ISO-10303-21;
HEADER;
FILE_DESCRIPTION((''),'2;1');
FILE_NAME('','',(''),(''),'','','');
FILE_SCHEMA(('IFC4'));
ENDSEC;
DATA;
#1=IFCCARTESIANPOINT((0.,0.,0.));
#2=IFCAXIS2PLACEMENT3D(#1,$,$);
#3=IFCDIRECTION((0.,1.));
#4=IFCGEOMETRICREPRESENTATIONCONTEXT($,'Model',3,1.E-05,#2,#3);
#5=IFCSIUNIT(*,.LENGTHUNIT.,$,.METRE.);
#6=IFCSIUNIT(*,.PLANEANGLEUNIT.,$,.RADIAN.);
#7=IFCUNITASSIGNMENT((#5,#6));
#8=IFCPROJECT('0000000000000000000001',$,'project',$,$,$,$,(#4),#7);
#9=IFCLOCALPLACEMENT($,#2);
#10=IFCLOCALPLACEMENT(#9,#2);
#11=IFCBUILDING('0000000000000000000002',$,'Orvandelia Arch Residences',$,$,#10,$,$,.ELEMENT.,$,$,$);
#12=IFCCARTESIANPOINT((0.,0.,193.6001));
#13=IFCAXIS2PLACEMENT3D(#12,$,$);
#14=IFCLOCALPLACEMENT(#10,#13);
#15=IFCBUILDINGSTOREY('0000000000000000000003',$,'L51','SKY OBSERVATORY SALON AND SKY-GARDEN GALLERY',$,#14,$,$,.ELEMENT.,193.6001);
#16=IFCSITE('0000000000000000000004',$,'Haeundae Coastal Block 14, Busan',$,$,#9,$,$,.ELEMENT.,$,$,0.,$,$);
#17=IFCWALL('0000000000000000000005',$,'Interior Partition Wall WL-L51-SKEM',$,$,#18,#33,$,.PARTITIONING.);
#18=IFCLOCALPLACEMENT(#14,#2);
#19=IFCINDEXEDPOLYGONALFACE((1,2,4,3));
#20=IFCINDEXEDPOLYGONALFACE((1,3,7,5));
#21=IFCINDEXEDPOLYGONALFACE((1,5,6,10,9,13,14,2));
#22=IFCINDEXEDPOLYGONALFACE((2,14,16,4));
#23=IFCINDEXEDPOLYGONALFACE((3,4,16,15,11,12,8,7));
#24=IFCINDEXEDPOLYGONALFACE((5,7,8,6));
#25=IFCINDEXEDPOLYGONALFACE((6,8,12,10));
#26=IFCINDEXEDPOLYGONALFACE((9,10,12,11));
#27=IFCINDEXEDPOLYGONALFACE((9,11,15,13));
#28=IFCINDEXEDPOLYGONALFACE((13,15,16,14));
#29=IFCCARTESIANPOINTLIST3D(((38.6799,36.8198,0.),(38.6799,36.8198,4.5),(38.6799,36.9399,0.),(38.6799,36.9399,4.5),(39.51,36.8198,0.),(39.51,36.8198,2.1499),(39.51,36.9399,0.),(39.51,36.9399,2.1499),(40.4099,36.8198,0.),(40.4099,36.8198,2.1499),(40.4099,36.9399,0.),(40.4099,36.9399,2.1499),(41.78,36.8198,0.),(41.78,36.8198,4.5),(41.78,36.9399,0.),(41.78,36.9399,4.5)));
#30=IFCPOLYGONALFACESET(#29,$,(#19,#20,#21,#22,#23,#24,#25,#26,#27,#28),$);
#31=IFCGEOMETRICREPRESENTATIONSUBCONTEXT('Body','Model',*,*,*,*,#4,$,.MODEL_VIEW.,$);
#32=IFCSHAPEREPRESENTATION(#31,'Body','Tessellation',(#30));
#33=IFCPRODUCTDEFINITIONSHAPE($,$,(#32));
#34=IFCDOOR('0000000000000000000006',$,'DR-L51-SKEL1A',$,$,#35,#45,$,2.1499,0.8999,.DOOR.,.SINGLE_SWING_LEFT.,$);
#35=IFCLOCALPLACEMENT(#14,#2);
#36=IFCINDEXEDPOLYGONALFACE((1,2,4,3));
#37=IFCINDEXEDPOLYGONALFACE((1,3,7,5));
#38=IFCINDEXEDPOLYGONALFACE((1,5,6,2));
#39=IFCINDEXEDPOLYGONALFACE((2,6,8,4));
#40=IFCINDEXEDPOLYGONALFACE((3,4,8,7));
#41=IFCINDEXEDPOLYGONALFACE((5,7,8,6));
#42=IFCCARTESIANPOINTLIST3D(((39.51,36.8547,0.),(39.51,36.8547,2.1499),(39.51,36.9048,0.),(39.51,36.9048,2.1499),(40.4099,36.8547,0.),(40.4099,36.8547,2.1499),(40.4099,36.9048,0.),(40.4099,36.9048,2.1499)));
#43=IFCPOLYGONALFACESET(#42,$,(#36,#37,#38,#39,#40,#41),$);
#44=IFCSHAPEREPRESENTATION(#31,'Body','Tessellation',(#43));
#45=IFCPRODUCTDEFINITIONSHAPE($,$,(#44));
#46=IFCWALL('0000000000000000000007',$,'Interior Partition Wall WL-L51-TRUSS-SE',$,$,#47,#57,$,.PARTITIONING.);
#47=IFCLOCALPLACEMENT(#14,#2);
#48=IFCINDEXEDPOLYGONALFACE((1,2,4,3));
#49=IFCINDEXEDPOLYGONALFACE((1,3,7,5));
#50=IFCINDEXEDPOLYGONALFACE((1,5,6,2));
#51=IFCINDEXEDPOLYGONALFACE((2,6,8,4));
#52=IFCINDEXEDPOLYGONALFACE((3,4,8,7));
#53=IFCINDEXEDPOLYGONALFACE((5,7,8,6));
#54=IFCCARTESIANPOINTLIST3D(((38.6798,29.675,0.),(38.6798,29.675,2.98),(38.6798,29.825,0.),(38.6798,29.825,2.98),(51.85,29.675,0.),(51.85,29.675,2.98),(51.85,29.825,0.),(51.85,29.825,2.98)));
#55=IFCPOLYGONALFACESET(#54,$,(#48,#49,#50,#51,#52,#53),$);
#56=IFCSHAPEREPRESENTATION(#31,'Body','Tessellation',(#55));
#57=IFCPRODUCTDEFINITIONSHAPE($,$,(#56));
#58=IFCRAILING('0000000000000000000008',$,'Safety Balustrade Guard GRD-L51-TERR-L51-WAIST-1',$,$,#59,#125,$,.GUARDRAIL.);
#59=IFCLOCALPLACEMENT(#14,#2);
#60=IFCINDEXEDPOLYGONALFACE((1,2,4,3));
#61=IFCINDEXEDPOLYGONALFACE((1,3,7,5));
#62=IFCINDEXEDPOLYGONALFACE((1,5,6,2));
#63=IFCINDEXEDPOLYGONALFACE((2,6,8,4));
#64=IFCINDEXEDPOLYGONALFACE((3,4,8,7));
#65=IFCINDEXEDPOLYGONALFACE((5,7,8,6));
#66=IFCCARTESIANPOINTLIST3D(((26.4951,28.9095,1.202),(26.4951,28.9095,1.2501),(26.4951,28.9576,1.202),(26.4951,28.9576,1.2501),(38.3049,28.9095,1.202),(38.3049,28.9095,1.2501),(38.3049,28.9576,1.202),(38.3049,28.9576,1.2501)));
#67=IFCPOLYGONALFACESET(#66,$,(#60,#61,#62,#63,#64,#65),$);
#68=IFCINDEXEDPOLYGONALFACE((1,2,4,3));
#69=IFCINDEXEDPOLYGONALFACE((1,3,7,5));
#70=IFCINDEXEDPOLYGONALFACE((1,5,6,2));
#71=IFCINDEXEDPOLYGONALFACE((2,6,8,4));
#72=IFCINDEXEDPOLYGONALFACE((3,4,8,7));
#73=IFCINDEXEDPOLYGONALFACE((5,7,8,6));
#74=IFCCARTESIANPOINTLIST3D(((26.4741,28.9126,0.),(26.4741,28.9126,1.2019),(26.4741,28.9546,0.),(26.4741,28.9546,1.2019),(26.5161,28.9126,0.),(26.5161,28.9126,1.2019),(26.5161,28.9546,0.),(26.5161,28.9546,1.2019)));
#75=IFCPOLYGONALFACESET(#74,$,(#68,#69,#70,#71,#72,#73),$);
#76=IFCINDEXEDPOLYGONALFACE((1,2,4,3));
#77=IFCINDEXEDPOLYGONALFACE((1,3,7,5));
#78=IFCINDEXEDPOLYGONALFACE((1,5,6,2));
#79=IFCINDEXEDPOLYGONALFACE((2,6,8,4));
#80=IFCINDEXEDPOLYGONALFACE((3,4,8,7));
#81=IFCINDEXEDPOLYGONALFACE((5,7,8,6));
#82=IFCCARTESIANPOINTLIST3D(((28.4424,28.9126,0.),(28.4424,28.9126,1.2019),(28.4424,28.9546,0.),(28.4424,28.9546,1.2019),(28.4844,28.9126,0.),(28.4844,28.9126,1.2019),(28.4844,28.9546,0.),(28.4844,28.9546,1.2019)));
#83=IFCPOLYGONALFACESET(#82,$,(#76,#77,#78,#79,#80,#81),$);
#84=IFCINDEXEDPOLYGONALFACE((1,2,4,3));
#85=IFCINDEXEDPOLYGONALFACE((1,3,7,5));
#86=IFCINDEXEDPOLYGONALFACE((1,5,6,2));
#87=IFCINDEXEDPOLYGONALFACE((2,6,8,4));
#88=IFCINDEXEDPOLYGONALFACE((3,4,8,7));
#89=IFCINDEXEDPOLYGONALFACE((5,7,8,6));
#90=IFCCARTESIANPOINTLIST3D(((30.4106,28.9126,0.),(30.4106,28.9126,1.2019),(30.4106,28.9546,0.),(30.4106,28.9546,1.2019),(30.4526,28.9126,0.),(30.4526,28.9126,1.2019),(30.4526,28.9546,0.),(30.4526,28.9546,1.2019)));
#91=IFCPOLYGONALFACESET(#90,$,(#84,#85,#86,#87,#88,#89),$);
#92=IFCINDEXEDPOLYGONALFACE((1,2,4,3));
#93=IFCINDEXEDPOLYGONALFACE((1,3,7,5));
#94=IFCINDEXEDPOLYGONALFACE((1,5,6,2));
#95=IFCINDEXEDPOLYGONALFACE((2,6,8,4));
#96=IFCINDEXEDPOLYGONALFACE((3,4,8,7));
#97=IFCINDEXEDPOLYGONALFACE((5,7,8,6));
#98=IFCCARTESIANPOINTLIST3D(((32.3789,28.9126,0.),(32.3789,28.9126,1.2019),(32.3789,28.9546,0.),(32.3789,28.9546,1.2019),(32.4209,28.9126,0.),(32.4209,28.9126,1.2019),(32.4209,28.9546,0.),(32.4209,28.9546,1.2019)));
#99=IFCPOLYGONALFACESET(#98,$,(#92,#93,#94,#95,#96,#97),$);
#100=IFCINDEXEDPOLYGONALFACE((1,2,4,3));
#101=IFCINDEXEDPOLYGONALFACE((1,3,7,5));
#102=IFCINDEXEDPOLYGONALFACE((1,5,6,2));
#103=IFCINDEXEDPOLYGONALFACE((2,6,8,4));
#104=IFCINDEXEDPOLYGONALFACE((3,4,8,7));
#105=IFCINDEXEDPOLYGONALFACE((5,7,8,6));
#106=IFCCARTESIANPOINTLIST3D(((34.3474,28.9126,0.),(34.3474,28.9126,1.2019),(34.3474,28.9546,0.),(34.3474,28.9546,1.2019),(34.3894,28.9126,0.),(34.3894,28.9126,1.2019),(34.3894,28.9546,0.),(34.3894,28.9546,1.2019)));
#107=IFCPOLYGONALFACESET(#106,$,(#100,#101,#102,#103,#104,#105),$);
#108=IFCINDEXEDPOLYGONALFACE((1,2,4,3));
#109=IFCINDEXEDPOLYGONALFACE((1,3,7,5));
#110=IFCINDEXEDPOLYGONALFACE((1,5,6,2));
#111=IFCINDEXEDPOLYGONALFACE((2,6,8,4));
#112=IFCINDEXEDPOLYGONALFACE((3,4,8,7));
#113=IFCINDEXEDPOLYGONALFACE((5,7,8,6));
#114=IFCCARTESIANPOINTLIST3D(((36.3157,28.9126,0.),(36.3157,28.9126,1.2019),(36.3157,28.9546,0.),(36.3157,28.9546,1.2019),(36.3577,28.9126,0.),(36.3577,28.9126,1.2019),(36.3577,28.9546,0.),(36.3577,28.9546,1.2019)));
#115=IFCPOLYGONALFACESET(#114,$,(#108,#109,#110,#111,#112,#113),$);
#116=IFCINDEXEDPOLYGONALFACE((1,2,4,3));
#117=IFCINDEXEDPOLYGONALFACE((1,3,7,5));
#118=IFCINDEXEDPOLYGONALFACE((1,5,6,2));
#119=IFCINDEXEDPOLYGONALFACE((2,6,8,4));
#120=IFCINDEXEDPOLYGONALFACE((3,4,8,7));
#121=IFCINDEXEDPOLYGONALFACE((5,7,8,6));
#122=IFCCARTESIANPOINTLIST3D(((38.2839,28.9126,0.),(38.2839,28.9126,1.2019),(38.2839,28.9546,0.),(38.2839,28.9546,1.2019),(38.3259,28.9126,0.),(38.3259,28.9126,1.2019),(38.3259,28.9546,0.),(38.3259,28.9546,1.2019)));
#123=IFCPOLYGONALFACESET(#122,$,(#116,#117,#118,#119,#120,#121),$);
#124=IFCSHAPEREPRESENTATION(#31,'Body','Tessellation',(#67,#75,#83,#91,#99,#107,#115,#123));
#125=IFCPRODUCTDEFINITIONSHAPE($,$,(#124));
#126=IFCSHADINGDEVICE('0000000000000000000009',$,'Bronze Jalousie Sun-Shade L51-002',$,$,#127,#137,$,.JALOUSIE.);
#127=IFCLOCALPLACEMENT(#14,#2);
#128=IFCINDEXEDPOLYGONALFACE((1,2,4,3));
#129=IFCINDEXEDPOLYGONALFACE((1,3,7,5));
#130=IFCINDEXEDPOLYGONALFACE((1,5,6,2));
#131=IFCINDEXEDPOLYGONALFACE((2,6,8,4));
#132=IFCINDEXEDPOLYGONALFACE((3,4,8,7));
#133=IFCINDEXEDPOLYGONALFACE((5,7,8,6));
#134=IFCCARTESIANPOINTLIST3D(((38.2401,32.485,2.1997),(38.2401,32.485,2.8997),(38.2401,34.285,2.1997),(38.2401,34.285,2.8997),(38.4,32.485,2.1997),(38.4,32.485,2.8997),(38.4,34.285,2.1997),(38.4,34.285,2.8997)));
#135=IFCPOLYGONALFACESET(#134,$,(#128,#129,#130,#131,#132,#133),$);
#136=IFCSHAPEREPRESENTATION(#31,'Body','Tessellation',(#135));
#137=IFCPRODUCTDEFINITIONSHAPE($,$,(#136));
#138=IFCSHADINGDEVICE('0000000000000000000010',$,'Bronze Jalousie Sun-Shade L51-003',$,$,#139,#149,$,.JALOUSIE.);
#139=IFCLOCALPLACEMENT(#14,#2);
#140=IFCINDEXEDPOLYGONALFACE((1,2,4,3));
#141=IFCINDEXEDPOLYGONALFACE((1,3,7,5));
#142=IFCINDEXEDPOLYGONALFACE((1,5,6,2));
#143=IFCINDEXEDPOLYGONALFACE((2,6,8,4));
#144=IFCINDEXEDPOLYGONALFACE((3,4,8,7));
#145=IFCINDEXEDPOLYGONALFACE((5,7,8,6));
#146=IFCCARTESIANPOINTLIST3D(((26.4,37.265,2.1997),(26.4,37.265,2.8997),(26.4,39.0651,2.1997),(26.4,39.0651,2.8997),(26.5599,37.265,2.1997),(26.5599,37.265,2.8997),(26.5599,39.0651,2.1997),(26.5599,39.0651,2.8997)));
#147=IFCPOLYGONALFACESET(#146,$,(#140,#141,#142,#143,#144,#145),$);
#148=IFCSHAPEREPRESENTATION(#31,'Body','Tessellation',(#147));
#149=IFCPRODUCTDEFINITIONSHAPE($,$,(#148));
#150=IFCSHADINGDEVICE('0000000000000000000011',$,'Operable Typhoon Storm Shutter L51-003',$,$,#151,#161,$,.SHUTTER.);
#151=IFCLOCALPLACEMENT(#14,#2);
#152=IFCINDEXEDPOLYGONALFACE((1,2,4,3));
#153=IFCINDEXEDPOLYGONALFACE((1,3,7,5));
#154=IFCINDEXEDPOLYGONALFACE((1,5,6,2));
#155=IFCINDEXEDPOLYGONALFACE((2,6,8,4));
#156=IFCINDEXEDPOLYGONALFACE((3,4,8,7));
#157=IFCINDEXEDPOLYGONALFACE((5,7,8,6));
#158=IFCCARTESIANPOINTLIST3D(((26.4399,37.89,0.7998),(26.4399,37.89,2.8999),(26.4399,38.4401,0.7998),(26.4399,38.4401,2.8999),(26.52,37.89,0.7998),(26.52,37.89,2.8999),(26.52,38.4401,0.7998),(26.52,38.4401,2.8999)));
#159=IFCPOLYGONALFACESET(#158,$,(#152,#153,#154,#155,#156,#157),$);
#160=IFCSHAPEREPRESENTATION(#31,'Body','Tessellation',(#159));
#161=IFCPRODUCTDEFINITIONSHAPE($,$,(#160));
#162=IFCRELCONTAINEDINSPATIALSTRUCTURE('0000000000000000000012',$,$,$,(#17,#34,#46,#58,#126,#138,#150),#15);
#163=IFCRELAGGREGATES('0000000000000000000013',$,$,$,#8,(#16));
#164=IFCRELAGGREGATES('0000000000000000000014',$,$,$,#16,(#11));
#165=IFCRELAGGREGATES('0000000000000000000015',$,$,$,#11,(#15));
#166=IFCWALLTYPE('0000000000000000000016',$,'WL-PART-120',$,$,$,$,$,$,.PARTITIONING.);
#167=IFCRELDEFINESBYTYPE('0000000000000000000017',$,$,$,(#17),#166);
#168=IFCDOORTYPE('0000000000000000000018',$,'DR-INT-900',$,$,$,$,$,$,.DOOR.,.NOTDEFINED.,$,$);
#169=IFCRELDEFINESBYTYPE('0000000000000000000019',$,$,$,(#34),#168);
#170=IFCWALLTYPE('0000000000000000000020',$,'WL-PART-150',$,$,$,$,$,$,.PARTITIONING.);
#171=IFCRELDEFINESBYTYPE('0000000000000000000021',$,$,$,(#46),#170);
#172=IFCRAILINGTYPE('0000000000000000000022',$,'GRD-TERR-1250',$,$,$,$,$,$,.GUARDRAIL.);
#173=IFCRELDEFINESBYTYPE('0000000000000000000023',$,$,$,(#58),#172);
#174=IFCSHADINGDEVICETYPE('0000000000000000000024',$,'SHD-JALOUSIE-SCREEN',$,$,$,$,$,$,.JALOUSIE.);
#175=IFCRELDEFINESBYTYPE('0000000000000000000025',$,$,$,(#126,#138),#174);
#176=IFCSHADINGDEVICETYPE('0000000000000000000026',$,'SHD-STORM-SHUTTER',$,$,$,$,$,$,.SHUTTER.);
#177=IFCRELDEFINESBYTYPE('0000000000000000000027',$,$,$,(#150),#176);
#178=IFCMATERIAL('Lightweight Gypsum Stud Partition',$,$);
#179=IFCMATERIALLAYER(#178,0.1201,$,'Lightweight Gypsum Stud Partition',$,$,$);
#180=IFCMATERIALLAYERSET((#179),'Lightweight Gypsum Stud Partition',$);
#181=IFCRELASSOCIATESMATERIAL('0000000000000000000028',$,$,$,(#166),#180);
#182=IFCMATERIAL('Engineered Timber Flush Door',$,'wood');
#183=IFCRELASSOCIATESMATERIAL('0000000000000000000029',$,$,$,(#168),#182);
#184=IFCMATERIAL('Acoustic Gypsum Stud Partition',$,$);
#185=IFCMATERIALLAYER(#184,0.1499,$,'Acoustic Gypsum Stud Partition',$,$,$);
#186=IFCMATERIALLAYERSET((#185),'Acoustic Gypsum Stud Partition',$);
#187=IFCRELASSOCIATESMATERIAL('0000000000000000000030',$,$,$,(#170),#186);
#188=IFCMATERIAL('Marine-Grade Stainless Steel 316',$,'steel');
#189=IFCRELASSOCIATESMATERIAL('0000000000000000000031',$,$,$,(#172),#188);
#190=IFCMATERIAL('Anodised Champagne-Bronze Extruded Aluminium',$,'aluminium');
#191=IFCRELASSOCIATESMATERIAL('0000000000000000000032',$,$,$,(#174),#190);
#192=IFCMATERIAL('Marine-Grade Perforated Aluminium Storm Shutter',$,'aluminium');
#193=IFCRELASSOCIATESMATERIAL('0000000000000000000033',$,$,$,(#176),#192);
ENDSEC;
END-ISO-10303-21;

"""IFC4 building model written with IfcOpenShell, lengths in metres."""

from ifc_helpers import new_model, si_unit, direction, frame, frame_2d, origin, origin_2d, place, context, subcontext, project, spatial, rectangle, extrude, material, layer, layer_set, type_object, element, fill, save


model = new_model("IFC4")

# Units and contexts
model_context = context("Model", 3, precision=1e-05, world=origin(), true_north=direction((0.0, 1.0)))
body_context = subcontext(model_context, "Body", "Model", "MODEL_VIEW")
ifc_project = project(units=[si_unit("LENGTHUNIT", "METRE"), si_unit("PLANEANGLEUNIT", "RADIAN")], contexts=[model_context])

# Site, building, storey
site_placement = place(None, origin())
site = spatial("IfcSite", under=ifc_project, at=site_placement, Name="Haeundae Coastal Block 14, Busan", CompositionType="ELEMENT", RefElevation=0.0)
building_placement = place(site_placement, origin())
building = spatial("IfcBuilding", under=site, at=building_placement, Name="Orvandelia Arch Residences", CompositionType="ELEMENT")
storey_placement = place(building_placement, frame((0.0, 0.0, 193.6001)))
storey = spatial("IfcBuildingStorey", under=building, at=storey_placement, Name="L51", Description="SKY OBSERVATORY SALON AND SKY-GARDEN GALLERY", CompositionType="ELEMENT", Elevation=193.6001)

# Wall, opening, door
ifc_material_1 = material(Name="Lightweight Gypsum Stud Partition")
ifc_layer_1 = layer(ifc_material_1, 0.1201, Name="Lightweight Gypsum Stud Partition")
ifc_layer_set_1 = layer_set([ifc_layer_1], Name="Lightweight Gypsum Stud Partition")
wall_type_1 = type_object("IfcWallType", Name="WL-PART-120", PredefinedType="PARTITIONING", material=ifc_layer_set_1)
wall_1_placement = place(storey_placement, frame((38.6799, 36.8799, 0.0), z_axis=(0.0, 0.0, 1.0), x_axis=(1.0, 0.0, 0.0)))
wall_1 = element("IfcWall", 1, at=wall_1_placement, inside=storey, type_object=wall_type_1, Name="Interior Partition Wall WL-L51-SKEM", PredefinedType="PARTITIONING", context=body_context, shape_type="SweptSolid", body=[
    extrude(rectangle(XDim=3.1001, YDim=0.1201, at=frame_2d((1.55, 0.0))), origin(), (0.0, 0.0, 1.0), 4.5),
])
opening_1_placement = place(wall_1_placement, frame((0.8301, 0.0, 0.0)))
opening_1 = element("IfcOpeningElement", 2, at=opening_1_placement, cuts=wall_1, PredefinedType="OPENING", context=body_context, shape_type="SweptSolid", body=[
    extrude(rectangle(XDim=0.8999, YDim=2.1499, at=frame_2d((0.45, 1.075))), frame((0.0, 0.0701, 0.0), z_axis=(0.0, -1.0, 0.0), x_axis=(1.0, 0.0, 0.0)), (0.0, 0.0, 1.0), 0.1401),
])
ifc_material_2 = material(Name="Engineered Timber Flush Door", Category="wood")
door_type_1 = type_object("IfcDoorType", Name="DR-INT-900", OperationType="NOTDEFINED", PredefinedType="DOOR", material=ifc_material_2)
door_1_placement = place(opening_1_placement, origin())
door_1 = element("IfcDoor", 3, at=door_1_placement, inside=storey, type_object=door_type_1, Name="DR-L51-SKEL1A", OperationType="SINGLE_SWING_LEFT", OverallHeight=2.1499, OverallWidth=0.8999, PredefinedType="DOOR", context=body_context, shape_type="SweptSolid", body=[
    extrude(rectangle(XDim=0.8999, YDim=2.1499, at=frame_2d((0.45, 1.075))), frame((0.0, 0.0249, 0.0), z_axis=(0.0, -1.0, 0.0), x_axis=(1.0, 0.0, 0.0)), (0.0, 0.0, 1.0), 0.05),
])
fill(opening_1, door_1)

# Wall
ifc_material_3 = material(Name="Acoustic Gypsum Stud Partition")
ifc_layer_2 = layer(ifc_material_3, 0.1499, Name="Acoustic Gypsum Stud Partition")
ifc_layer_set_2 = layer_set([ifc_layer_2], Name="Acoustic Gypsum Stud Partition")
wall_type_2 = type_object("IfcWallType", Name="WL-PART-150", PredefinedType="PARTITIONING", material=ifc_layer_set_2)
wall_2_placement = place(storey_placement, frame((38.6799, 29.75, 0.0), z_axis=(0.0, 0.0, 1.0), x_axis=(1.0, 0.0, 0.0)))
element("IfcWall", 4, at=wall_2_placement, inside=storey, type_object=wall_type_2, Name="Interior Partition Wall WL-L51-TRUSS-SE", PredefinedType="PARTITIONING", context=body_context, shape_type="SweptSolid", body=[
    extrude(rectangle(XDim=13.1702, YDim=0.1499, at=frame_2d((6.585, 0.0))), origin(), (0.0, 0.0, 1.0), 2.98),
])

# Railing
ifc_material_4 = material(Name="Marine-Grade Stainless Steel 316", Category="steel")
railing_type = type_object("IfcRailingType", Name="GRD-TERR-1250", PredefinedType="GUARDRAIL", material=ifc_material_4)
railing_placement = place(storey_placement, frame((26.4951, 28.9336, 0.0)))
element("IfcRailing", 5, at=railing_placement, inside=storey, type_object=railing_type, Name="Safety Balustrade Guard GRD-L51-TERR-L51-WAIST-1", PredefinedType="GUARDRAIL", context=body_context, shape_type="SweptSolid", body=[
    extrude(rectangle(XDim=0.0481, YDim=0.0481, at=origin_2d()), frame((0.0, 0.0, 1.2261), z_axis=(1.0, 0.0, 0.0), x_axis=(0.0, 1.0, 0.0)), (0.0, 0.0, 1.0), 11.8098),
    extrude(rectangle(XDim=0.042, YDim=0.042, at=origin_2d()), origin(), (0.0, 0.0, 1.0), 1.2019),
    extrude(rectangle(XDim=0.042, YDim=0.042, at=origin_2d()), frame((1.9683, 0.0, 0.0)), (0.0, 0.0, 1.0), 1.2019),
    extrude(rectangle(XDim=0.042, YDim=0.042, at=origin_2d()), frame((3.9365, 0.0, 0.0)), (0.0, 0.0, 1.0), 1.2019),
    extrude(rectangle(XDim=0.042, YDim=0.042, at=origin_2d()), frame((5.9048, 0.0, 0.0)), (0.0, 0.0, 1.0), 1.2019),
    extrude(rectangle(XDim=0.042, YDim=0.042, at=origin_2d()), frame((7.8733, 0.0, 0.0)), (0.0, 0.0, 1.0), 1.2019),
    extrude(rectangle(XDim=0.042, YDim=0.042, at=origin_2d()), frame((9.8416, 0.0, 0.0)), (0.0, 0.0, 1.0), 1.2019),
    extrude(rectangle(XDim=0.042, YDim=0.042, at=origin_2d()), frame((11.8098, 0.0, 0.0)), (0.0, 0.0, 1.0), 1.2019),
])

# Shading devices
ifc_material_5 = material(Name="Anodised Champagne-Bronze Extruded Aluminium", Category="aluminium")
shading_device_type_1 = type_object("IfcShadingDeviceType", Name="SHD-JALOUSIE-SCREEN", PredefinedType="JALOUSIE", material=ifc_material_5)
for number, where, z_axis, x_axis, name in (
    (6, (38.3201, 33.385, 2.1997), (0.0, 0.0, 1.0), (0.0, 1.0, 0.0), "Bronze Jalousie Sun-Shade L51-002"),
    (7, (26.48, 38.165, 2.1997), (0.0, 0.0, 1.0), (0.0, -1.0, 0.0), "Bronze Jalousie Sun-Shade L51-003"),
):
    element("IfcShadingDevice", number, at=place(storey_placement, frame(where, z_axis=z_axis, x_axis=x_axis)), inside=storey, type_object=shading_device_type_1, Name=name, PredefinedType="JALOUSIE", context=body_context, shape_type="SweptSolid", body=[
        extrude(rectangle(XDim=1.8, YDim=0.1599, at=origin_2d()), origin(), (0.0, 0.0, 1.0), 0.7),
    ])
ifc_material_6 = material(Name="Marine-Grade Perforated Aluminium Storm Shutter", Category="aluminium")
shading_device_type_2 = type_object("IfcShadingDeviceType", Name="SHD-STORM-SHUTTER", PredefinedType="SHUTTER", material=ifc_material_6)
shading_device_placement = place(storey_placement, frame((26.48, 38.165, 0.7998), z_axis=(0.0, 0.0, 1.0), x_axis=(0.0, -1.0, 0.0)))
element("IfcShadingDevice", 8, at=shading_device_placement, inside=storey, type_object=shading_device_type_2, Name="Operable Typhoon Storm Shutter L51-003", PredefinedType="SHUTTER", context=body_context, shape_type="SweptSolid", body=[
    extrude(rectangle(XDim=0.55, YDim=0.0801, at=origin_2d()), origin(), (0.0, 0.0, 1.0), 2.1001),
])

save(model, "model.ifc")
